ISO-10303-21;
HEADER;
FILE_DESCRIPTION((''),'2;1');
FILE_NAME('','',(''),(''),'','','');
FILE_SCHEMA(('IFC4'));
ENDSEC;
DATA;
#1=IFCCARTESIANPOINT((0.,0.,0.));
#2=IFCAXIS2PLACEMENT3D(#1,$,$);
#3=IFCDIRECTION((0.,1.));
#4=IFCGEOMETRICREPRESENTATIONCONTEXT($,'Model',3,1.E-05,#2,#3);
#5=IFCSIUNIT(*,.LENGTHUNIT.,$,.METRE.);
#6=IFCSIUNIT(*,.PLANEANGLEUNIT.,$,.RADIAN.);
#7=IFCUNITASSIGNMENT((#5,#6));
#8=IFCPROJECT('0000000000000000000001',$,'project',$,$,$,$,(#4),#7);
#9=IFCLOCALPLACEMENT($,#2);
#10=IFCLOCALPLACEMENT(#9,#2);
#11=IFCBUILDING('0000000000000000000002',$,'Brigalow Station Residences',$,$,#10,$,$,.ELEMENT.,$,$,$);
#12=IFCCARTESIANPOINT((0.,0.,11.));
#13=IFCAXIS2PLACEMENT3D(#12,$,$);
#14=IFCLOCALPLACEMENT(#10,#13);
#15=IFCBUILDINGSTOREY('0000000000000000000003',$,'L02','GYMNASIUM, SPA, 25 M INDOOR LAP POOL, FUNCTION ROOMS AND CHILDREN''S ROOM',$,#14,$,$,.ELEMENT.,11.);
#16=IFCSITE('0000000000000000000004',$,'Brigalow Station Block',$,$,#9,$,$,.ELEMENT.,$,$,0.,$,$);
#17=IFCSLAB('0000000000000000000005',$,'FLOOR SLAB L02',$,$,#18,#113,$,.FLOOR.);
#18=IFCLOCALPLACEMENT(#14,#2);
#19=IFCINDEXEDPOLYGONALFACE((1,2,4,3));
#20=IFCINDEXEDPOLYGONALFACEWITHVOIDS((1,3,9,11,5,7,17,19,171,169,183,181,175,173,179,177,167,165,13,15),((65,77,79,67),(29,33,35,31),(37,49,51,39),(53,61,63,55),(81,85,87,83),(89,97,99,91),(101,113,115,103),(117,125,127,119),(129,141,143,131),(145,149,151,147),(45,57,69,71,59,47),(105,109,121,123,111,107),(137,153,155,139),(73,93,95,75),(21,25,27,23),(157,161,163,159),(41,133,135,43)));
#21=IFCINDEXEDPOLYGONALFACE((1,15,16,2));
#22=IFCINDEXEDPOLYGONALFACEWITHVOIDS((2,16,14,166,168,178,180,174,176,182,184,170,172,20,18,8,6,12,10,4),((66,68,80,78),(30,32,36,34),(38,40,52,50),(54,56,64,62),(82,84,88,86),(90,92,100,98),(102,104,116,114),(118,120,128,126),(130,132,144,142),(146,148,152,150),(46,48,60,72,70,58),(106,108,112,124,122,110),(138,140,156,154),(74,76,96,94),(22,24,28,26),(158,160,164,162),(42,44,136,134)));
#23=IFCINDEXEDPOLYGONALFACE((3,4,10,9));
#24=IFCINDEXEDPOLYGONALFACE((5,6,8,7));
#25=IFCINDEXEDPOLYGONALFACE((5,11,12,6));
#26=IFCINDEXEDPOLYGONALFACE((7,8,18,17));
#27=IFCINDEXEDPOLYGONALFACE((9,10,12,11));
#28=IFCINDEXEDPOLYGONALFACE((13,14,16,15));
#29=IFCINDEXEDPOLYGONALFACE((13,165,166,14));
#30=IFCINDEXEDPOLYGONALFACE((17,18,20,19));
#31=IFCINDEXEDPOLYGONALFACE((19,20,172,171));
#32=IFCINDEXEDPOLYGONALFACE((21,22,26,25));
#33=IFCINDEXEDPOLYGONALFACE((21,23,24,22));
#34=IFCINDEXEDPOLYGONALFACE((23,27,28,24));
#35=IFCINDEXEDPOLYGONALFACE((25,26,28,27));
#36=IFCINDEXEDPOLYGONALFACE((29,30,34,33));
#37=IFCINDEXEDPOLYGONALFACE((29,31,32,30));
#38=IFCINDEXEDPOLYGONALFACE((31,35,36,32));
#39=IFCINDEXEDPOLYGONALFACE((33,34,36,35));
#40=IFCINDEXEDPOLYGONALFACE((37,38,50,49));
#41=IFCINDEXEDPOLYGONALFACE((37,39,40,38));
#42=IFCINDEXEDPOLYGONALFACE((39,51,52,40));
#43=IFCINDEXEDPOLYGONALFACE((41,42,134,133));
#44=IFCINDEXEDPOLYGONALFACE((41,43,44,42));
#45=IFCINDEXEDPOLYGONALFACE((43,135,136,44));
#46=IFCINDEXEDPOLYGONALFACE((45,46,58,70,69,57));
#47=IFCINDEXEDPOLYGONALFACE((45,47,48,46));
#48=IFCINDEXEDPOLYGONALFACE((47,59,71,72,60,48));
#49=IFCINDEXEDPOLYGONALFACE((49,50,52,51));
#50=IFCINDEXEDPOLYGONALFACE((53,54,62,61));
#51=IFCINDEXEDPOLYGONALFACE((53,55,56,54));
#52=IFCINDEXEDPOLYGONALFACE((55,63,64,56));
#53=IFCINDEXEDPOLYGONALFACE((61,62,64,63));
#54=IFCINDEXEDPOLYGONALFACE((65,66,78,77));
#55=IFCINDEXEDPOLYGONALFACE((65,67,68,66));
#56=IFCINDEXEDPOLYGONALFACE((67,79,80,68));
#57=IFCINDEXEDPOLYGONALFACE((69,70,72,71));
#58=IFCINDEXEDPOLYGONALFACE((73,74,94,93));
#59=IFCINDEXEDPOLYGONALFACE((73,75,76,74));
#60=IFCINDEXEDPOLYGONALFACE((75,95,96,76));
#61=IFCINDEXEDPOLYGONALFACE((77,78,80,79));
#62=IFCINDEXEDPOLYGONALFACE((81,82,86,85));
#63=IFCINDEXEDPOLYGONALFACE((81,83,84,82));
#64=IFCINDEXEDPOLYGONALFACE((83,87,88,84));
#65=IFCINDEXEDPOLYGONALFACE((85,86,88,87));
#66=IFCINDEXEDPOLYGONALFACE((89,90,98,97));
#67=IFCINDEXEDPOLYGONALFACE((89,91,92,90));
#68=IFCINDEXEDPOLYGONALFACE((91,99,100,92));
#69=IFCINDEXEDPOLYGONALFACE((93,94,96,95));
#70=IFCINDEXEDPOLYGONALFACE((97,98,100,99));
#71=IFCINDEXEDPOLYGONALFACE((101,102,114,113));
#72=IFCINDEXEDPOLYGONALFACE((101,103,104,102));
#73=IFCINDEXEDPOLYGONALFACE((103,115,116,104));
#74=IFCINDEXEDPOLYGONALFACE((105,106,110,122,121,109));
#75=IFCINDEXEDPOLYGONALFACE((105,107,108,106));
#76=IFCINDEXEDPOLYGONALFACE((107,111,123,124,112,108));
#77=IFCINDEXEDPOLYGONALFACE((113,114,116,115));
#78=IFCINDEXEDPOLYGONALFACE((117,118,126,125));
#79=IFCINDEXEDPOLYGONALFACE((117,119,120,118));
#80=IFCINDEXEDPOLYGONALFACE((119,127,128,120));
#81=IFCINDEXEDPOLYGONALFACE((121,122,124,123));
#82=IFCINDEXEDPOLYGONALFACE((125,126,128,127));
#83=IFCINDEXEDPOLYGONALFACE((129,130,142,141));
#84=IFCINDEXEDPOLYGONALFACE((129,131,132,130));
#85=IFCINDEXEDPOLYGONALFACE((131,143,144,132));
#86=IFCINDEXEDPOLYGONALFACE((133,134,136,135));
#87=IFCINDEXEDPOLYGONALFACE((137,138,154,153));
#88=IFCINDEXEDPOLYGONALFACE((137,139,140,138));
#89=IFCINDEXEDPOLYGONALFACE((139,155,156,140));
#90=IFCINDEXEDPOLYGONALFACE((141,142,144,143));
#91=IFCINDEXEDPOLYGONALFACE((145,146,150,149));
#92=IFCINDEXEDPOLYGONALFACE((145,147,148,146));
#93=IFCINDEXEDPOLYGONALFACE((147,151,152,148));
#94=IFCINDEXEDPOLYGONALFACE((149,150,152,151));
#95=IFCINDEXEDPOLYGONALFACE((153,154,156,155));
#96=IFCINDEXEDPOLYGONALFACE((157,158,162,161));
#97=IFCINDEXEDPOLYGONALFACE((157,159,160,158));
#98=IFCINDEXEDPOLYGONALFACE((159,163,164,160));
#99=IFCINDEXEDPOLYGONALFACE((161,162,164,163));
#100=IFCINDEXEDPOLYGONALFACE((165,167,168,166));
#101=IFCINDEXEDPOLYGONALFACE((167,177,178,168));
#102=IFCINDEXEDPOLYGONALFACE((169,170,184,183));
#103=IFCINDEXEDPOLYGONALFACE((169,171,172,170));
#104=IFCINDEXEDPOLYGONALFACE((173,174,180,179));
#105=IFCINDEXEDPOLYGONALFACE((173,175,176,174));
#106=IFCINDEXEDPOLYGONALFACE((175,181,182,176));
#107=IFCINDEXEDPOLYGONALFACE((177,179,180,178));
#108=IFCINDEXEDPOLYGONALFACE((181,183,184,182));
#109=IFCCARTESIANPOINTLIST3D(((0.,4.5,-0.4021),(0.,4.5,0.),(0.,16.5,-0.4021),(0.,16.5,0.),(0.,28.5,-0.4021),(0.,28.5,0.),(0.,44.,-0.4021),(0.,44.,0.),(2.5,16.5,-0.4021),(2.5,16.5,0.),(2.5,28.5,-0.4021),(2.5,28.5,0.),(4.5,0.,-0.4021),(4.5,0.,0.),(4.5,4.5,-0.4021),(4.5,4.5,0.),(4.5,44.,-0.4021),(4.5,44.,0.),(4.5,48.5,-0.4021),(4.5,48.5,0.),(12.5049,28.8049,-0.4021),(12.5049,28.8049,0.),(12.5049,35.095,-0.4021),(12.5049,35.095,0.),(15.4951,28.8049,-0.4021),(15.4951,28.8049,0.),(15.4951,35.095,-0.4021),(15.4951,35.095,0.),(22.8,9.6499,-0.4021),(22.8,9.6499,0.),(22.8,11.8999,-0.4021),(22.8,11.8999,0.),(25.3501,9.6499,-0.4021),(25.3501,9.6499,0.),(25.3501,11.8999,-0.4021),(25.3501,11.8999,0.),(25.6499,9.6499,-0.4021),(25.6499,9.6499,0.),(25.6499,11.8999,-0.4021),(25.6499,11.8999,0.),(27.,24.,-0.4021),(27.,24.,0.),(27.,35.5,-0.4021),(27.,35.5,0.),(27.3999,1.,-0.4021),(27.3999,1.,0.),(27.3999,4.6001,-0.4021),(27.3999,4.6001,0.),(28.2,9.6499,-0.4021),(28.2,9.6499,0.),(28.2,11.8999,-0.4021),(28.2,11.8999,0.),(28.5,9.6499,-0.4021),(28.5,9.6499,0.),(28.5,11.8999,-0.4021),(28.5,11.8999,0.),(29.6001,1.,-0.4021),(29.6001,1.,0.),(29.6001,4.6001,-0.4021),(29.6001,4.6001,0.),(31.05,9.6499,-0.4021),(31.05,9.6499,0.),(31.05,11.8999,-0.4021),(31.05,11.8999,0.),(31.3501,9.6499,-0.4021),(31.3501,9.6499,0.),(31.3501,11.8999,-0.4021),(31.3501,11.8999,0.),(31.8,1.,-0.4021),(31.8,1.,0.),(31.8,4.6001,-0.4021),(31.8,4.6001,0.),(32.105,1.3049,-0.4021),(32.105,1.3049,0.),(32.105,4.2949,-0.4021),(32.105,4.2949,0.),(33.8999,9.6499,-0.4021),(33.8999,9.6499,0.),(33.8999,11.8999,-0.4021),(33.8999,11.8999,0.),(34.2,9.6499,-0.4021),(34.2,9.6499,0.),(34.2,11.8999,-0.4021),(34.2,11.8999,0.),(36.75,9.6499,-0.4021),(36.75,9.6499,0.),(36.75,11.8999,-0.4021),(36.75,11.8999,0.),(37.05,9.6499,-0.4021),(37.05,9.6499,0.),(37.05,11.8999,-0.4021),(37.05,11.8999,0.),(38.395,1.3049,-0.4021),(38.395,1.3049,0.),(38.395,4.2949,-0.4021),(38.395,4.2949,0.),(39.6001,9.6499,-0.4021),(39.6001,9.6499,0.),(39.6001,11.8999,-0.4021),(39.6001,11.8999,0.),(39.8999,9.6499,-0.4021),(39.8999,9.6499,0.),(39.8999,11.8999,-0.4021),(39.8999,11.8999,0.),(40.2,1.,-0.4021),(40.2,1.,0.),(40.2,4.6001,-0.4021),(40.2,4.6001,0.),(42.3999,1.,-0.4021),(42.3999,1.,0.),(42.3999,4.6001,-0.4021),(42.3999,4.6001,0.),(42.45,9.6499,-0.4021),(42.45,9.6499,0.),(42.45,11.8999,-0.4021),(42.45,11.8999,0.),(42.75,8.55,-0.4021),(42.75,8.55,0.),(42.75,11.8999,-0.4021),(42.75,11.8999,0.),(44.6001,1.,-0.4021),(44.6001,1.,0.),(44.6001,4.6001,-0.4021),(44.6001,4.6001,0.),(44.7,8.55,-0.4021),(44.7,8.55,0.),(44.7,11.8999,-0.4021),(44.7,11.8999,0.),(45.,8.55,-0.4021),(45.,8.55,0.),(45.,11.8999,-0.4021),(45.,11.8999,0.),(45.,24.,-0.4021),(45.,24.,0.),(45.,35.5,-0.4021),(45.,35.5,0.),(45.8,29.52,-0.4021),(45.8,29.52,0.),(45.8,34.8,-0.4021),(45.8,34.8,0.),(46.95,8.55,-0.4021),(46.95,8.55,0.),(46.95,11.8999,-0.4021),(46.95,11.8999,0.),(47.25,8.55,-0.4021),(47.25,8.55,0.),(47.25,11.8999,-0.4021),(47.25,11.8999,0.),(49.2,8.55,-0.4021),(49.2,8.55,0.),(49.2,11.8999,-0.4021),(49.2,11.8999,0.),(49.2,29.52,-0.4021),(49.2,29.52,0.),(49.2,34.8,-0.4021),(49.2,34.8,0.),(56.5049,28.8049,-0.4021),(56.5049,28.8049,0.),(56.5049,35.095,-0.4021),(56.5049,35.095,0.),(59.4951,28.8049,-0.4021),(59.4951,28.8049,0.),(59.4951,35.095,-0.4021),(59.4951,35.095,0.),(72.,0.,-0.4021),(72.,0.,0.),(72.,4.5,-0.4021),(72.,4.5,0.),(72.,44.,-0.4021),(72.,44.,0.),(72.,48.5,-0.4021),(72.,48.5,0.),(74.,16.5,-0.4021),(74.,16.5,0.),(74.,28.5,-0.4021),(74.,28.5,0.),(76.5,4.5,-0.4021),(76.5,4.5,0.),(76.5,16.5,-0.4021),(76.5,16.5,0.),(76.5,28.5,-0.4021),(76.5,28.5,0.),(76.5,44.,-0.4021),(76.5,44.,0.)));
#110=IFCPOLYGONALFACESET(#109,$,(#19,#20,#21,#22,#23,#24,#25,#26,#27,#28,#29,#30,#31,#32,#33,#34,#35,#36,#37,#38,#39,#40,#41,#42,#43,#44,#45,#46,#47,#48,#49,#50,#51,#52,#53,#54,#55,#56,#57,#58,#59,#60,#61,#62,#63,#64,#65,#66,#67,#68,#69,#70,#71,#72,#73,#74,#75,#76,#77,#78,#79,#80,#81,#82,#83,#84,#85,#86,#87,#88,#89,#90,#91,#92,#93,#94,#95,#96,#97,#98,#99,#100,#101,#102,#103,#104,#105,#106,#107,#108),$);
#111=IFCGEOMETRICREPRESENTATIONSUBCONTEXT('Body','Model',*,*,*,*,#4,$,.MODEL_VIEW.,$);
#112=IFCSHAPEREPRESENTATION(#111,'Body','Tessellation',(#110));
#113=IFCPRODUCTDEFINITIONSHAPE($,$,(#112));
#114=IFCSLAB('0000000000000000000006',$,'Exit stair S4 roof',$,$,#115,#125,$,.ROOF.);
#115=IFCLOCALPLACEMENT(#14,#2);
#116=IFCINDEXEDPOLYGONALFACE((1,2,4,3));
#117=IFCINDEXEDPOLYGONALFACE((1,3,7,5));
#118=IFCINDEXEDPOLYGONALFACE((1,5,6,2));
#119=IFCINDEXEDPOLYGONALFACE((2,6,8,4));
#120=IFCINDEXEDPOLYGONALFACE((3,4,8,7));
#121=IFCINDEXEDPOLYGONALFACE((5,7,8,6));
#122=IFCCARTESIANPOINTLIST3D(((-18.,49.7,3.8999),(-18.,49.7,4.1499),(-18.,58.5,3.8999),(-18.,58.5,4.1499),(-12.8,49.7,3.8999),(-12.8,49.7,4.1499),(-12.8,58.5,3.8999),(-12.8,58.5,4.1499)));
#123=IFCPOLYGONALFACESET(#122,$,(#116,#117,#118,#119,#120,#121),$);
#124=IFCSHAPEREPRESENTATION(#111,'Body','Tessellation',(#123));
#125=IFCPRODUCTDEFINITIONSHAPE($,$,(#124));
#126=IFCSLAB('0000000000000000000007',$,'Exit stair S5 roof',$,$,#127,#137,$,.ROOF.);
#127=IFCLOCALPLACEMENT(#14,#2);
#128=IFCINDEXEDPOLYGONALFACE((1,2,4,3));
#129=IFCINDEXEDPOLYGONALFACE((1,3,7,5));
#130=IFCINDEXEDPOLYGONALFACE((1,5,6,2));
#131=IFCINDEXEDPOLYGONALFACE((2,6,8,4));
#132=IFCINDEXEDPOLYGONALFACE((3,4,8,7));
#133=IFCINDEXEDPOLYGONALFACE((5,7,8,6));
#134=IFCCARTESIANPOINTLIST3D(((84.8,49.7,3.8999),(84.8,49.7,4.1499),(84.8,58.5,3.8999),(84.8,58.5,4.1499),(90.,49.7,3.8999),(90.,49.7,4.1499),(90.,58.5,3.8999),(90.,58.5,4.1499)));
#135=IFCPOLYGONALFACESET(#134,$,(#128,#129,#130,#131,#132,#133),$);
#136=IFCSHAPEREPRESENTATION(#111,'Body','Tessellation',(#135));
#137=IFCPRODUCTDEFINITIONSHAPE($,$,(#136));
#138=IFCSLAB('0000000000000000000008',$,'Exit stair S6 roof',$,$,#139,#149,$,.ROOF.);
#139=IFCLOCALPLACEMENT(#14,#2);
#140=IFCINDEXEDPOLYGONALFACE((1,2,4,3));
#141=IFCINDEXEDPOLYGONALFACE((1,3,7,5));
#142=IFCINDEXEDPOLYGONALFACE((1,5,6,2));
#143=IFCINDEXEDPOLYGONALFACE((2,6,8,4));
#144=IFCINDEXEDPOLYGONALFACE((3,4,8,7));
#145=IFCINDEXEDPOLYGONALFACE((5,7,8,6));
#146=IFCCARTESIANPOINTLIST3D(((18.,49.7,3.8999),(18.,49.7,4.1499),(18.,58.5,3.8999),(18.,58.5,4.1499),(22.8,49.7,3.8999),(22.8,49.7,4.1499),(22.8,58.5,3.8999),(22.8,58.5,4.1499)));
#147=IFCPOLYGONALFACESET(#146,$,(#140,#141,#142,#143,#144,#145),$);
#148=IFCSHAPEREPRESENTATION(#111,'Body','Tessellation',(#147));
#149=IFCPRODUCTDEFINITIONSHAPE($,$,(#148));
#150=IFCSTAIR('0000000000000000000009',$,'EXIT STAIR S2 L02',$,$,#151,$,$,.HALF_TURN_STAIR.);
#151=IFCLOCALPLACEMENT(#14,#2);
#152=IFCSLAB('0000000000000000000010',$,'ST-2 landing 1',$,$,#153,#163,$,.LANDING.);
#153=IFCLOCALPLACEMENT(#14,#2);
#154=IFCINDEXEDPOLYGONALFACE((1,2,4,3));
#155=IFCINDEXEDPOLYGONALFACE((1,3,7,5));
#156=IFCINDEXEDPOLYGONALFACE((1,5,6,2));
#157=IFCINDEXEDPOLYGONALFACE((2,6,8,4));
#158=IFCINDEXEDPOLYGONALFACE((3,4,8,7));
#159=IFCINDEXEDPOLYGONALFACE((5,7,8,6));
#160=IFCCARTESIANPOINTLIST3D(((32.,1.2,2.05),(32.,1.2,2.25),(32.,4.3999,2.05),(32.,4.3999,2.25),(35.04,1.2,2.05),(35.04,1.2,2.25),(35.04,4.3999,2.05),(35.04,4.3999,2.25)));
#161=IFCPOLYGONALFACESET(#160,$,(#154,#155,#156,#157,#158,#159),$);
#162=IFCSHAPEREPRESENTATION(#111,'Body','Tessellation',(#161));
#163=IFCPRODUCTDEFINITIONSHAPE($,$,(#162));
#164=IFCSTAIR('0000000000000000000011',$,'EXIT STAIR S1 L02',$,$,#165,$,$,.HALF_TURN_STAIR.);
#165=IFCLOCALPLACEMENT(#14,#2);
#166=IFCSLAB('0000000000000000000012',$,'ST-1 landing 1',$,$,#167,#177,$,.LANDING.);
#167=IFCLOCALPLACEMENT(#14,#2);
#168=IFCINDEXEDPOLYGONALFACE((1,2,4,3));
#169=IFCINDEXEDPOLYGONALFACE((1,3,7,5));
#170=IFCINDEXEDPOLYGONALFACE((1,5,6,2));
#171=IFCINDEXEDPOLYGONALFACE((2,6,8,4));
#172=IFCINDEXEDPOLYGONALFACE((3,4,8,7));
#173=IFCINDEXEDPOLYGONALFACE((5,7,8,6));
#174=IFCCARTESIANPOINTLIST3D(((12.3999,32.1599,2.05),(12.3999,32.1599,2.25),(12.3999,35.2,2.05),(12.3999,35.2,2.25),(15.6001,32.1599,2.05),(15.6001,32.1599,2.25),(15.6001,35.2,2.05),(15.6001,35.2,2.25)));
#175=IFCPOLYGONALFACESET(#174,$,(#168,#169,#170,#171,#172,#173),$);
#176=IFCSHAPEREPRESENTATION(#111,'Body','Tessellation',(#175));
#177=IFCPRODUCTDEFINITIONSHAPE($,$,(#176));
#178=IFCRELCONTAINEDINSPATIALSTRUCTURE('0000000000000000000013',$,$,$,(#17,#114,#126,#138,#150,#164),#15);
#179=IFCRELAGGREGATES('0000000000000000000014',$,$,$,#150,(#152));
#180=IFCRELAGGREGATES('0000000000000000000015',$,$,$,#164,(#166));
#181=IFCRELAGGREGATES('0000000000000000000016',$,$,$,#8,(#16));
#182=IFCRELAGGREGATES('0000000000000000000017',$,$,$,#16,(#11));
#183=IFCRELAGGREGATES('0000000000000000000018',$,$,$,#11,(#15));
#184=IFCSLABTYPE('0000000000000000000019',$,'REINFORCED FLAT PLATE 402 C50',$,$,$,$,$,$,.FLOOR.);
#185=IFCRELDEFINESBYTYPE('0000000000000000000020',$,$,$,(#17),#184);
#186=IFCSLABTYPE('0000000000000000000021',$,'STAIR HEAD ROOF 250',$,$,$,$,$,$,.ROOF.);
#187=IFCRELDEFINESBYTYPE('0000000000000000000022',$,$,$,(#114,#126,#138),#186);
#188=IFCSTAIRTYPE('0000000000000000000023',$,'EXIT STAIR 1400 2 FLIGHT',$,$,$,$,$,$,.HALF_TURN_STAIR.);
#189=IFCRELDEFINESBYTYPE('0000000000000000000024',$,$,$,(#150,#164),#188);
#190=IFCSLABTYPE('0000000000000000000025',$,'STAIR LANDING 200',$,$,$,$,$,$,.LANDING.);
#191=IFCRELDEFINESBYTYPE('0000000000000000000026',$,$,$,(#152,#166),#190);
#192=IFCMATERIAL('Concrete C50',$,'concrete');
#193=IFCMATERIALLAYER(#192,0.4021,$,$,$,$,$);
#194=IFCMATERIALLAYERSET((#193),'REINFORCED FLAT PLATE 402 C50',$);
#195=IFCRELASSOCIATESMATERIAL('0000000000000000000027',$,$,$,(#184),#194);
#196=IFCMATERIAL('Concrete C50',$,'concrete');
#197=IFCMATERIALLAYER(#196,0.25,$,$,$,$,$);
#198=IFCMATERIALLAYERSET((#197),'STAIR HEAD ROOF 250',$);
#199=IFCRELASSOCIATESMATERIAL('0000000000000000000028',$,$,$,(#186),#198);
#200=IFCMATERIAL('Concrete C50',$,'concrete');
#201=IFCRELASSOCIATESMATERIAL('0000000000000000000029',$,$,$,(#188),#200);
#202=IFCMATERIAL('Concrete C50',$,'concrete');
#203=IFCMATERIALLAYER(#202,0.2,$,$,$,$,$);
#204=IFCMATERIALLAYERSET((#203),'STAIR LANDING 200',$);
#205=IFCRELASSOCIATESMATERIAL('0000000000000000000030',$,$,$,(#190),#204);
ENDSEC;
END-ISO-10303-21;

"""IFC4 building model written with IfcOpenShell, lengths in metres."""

from ifc_helpers import new_model, si_unit, direction, frame, origin, place, context, subcontext, project, spatial, polyline, outline, extrude, material, layer, layer_set, type_object, element, aggregate, save


model = new_model("IFC4")

# Units and contexts
model_context = context("Model", 3, precision=1e-05, world=origin(), true_north=direction((0.0, 1.0)))
body_context = subcontext(model_context, "Body", "Model", "MODEL_VIEW")
ifc_project = project(units=[si_unit("LENGTHUNIT", "METRE"), si_unit("PLANEANGLEUNIT", "RADIAN")], contexts=[model_context])

# Site, building, storey
site_placement = place(None, origin())
site = spatial("IfcSite", under=ifc_project, at=site_placement, Name="Brigalow Station Block", CompositionType="ELEMENT", RefElevation=0.0)
building_placement = place(site_placement, origin())
building = spatial("IfcBuilding", under=site, at=building_placement, Name="Brigalow Station Residences", CompositionType="ELEMENT")
storey_placement = place(building_placement, frame((0.0, 0.0, 11.0)))
storey = spatial("IfcBuildingStorey", under=building, at=storey_placement, Name="L02", Description="GYMNASIUM, SPA, 25 M INDOOR LAP POOL, FUNCTION ROOMS AND CHILDREN'S ROOM", CompositionType="ELEMENT", Elevation=11.0)

# Slabs
ifc_material_1 = material(Name="Concrete C50", Category="concrete")
ifc_layer_1 = layer(ifc_material_1, 0.4021)
ifc_layer_set_1 = layer_set([ifc_layer_1], Name="REINFORCED FLAT PLATE 402 C50")
slab_type_1 = type_object("IfcSlabType", Name="REINFORCED FLAT PLATE 402 C50", PredefinedType="FLOOR", material=ifc_layer_set_1)
slab_1_placement = place(storey_placement, frame((0.0, 0.0, -0.4021)))
element("IfcSlab", 1, at=slab_1_placement, inside=storey, type_object=slab_type_1, Name="FLOOR SLAB L02", PredefinedType="FLOOR", context=body_context, shape_type="SweptSolid", body=[
    extrude(outline(polyline([(4.5, 0.0), (72.0, 0.0), (72.0, 4.5), (76.5, 4.5), (76.5, 16.5), (74.0, 16.5), (74.0, 28.5), (76.5, 28.5), (76.5, 44.0), (72.0, 44.0), (72.0, 48.5), (4.5, 48.5), (4.5, 44.0), (0.0, 44.0), (0.0, 28.5), (2.5, 28.5), (2.5, 16.5), (0.0, 16.5), (0.0, 4.5), (4.5, 4.5), (4.5, 0.0)]), holes=[polyline([(12.5049, 35.095), (15.4951, 35.095), (15.4951, 28.8049), (12.5049, 28.8049), (12.5049, 35.095)]), polyline([(22.8, 11.8999), (25.3501, 11.8999), (25.3501, 9.6499), (22.8, 9.6499), (22.8, 11.8999)]), polyline([(25.6499, 11.8999), (28.2, 11.8999), (28.2, 9.6499), (25.6499, 9.6499), (25.6499, 11.8999)]), polyline([(28.5, 11.8999), (31.05, 11.8999), (31.05, 9.6499), (28.5, 9.6499), (28.5, 11.8999)]), polyline([(29.6001, 1.0), (27.3999, 1.0), (27.3999, 4.6001), (29.6001, 4.6001), (31.8, 4.6001), (31.8, 1.0), (29.6001, 1.0)]), polyline([(31.3501, 11.8999), (33.8999, 11.8999), (33.8999, 9.6499), (31.3501, 9.6499), (31.3501, 11.8999)]), polyline([(32.105, 4.2949), (38.395, 4.2949), (38.395, 1.3049), (32.105, 1.3049), (32.105, 4.2949)]), polyline([(36.75, 11.8999), (36.75, 9.6499), (34.2, 9.6499), (34.2, 11.8999), (36.75, 11.8999)]), polyline([(37.05, 11.8999), (39.6001, 11.8999), (39.6001, 9.6499), (37.05, 9.6499), (37.05, 11.8999)]), polyline([(39.8999, 11.8999), (42.45, 11.8999), (42.45, 9.6499), (39.8999, 9.6499), (39.8999, 11.8999)]), polyline([(42.3999, 1.0), (40.2, 1.0), (40.2, 4.6001), (42.3999, 4.6001), (44.6001, 4.6001), (44.6001, 1.0), (42.3999, 1.0)]), polyline([(44.7, 11.8999), (44.7, 8.55), (42.75, 8.55), (42.75, 11.8999), (44.7, 11.8999)]), polyline([(45.0, 35.5), (45.0, 24.0), (27.0, 24.0), (27.0, 35.5), (45.0, 35.5)]), polyline([(46.95, 11.8999), (46.95, 8.55), (45.0, 8.55), (45.0, 11.8999), (46.95, 11.8999)]), polyline([(47.25, 11.8999), (49.2, 11.8999), (49.2, 8.55), (47.25, 8.55), (47.25, 11.8999)]), polyline([(49.2, 34.8), (49.2, 29.52), (45.8, 29.52), (45.8, 34.8), (49.2, 34.8)]), polyline([(59.4951, 35.095), (59.4951, 28.8049), (56.5049, 28.8049), (56.5049, 35.095), (59.4951, 35.095)])]), origin(), (0.0, 0.0, 1.0), 0.4021),
])
ifc_material_2 = material(Name="Concrete C50", Category="concrete")
ifc_layer_2 = layer(ifc_material_2, 0.25)
ifc_layer_set_2 = layer_set([ifc_layer_2], Name="STAIR HEAD ROOF 250")
slab_type_2 = type_object("IfcSlabType", Name="STAIR HEAD ROOF 250", PredefinedType="ROOF", material=ifc_layer_set_2)
slab_2_placement = place(storey_placement, frame((0.0, 0.0, 3.8999)))
element("IfcSlab", 2, at=slab_2_placement, inside=storey, type_object=slab_type_2, Name="Exit stair S4 roof", PredefinedType="ROOF", context=body_context, shape_type="SweptSolid", body=[
    extrude(outline(polyline([(-12.8, 49.7), (-12.8, 58.5), (-18.0, 58.5), (-18.0, 49.7), (-12.8, 49.7)])), origin(), (0.0, 0.0, 1.0), 0.25),
])
slab_3_placement = place(storey_placement, frame((0.0, 0.0, 3.8999)))
element("IfcSlab", 3, at=slab_3_placement, inside=storey, type_object=slab_type_2, Name="Exit stair S5 roof", PredefinedType="ROOF", context=body_context, shape_type="SweptSolid", body=[
    extrude(outline(polyline([(90.0, 49.7), (90.0, 58.5), (84.8, 58.5), (84.8, 49.7), (90.0, 49.7)])), origin(), (0.0, 0.0, 1.0), 0.25),
])
slab_4_placement = place(storey_placement, frame((0.0, 0.0, 3.8999)))
element("IfcSlab", 4, at=slab_4_placement, inside=storey, type_object=slab_type_2, Name="Exit stair S6 roof", PredefinedType="ROOF", context=body_context, shape_type="SweptSolid", body=[
    extrude(outline(polyline([(22.8, 49.7), (22.8, 58.5), (18.0, 58.5), (18.0, 49.7), (22.8, 49.7)])), origin(), (0.0, 0.0, 1.0), 0.25),
])

# Stairs, slabs
ifc_material_3 = material(Name="Concrete C50", Category="concrete")
stair_type = type_object("IfcStairType", Name="EXIT STAIR 1400 2 FLIGHT", PredefinedType="HALF_TURN_STAIR", material=ifc_material_3)
stair_1_placement = place(storey_placement, origin())
stair_1 = element("IfcStair", 5, at=stair_1_placement, inside=storey, type_object=stair_type, Name="EXIT STAIR S2 L02", PredefinedType="HALF_TURN_STAIR")
ifc_material_4 = material(Name="Concrete C50", Category="concrete")
ifc_layer_3 = layer(ifc_material_4, 0.2)
ifc_layer_set_3 = layer_set([ifc_layer_3], Name="STAIR LANDING 200")
slab_type_3 = type_object("IfcSlabType", Name="STAIR LANDING 200", PredefinedType="LANDING", material=ifc_layer_set_3)
slab_5_placement = place(storey_placement, frame((0.0, 0.0, 2.05)))
slab_5 = element("IfcSlab", 6, at=slab_5_placement, type_object=slab_type_3, Name="ST-2 landing 1", PredefinedType="LANDING", context=body_context, shape_type="SweptSolid", body=[
    extrude(outline(polyline([(32.0, 1.2), (35.04, 1.2), (35.04, 4.3999), (32.0, 4.3999), (32.0, 1.2)])), origin(), (0.0, 0.0, 1.0), 0.2),
])
aggregate(stair_1, [slab_5])
stair_2_placement = place(storey_placement, origin())
stair_2 = element("IfcStair", 7, at=stair_2_placement, inside=storey, type_object=stair_type, Name="EXIT STAIR S1 L02", PredefinedType="HALF_TURN_STAIR")
slab_6_placement = place(storey_placement, frame((0.0, 0.0, 2.05)))
slab_6 = element("IfcSlab", 8, at=slab_6_placement, type_object=slab_type_3, Name="ST-1 landing 1", PredefinedType="LANDING", context=body_context, shape_type="SweptSolid", body=[
    extrude(outline(polyline([(12.3999, 32.1599), (15.6001, 32.1599), (15.6001, 35.2), (12.3999, 35.2), (12.3999, 32.1599)])), origin(), (0.0, 0.0, 1.0), 0.2),
])
aggregate(stair_2, [slab_6])

save(model, "model.ifc")
